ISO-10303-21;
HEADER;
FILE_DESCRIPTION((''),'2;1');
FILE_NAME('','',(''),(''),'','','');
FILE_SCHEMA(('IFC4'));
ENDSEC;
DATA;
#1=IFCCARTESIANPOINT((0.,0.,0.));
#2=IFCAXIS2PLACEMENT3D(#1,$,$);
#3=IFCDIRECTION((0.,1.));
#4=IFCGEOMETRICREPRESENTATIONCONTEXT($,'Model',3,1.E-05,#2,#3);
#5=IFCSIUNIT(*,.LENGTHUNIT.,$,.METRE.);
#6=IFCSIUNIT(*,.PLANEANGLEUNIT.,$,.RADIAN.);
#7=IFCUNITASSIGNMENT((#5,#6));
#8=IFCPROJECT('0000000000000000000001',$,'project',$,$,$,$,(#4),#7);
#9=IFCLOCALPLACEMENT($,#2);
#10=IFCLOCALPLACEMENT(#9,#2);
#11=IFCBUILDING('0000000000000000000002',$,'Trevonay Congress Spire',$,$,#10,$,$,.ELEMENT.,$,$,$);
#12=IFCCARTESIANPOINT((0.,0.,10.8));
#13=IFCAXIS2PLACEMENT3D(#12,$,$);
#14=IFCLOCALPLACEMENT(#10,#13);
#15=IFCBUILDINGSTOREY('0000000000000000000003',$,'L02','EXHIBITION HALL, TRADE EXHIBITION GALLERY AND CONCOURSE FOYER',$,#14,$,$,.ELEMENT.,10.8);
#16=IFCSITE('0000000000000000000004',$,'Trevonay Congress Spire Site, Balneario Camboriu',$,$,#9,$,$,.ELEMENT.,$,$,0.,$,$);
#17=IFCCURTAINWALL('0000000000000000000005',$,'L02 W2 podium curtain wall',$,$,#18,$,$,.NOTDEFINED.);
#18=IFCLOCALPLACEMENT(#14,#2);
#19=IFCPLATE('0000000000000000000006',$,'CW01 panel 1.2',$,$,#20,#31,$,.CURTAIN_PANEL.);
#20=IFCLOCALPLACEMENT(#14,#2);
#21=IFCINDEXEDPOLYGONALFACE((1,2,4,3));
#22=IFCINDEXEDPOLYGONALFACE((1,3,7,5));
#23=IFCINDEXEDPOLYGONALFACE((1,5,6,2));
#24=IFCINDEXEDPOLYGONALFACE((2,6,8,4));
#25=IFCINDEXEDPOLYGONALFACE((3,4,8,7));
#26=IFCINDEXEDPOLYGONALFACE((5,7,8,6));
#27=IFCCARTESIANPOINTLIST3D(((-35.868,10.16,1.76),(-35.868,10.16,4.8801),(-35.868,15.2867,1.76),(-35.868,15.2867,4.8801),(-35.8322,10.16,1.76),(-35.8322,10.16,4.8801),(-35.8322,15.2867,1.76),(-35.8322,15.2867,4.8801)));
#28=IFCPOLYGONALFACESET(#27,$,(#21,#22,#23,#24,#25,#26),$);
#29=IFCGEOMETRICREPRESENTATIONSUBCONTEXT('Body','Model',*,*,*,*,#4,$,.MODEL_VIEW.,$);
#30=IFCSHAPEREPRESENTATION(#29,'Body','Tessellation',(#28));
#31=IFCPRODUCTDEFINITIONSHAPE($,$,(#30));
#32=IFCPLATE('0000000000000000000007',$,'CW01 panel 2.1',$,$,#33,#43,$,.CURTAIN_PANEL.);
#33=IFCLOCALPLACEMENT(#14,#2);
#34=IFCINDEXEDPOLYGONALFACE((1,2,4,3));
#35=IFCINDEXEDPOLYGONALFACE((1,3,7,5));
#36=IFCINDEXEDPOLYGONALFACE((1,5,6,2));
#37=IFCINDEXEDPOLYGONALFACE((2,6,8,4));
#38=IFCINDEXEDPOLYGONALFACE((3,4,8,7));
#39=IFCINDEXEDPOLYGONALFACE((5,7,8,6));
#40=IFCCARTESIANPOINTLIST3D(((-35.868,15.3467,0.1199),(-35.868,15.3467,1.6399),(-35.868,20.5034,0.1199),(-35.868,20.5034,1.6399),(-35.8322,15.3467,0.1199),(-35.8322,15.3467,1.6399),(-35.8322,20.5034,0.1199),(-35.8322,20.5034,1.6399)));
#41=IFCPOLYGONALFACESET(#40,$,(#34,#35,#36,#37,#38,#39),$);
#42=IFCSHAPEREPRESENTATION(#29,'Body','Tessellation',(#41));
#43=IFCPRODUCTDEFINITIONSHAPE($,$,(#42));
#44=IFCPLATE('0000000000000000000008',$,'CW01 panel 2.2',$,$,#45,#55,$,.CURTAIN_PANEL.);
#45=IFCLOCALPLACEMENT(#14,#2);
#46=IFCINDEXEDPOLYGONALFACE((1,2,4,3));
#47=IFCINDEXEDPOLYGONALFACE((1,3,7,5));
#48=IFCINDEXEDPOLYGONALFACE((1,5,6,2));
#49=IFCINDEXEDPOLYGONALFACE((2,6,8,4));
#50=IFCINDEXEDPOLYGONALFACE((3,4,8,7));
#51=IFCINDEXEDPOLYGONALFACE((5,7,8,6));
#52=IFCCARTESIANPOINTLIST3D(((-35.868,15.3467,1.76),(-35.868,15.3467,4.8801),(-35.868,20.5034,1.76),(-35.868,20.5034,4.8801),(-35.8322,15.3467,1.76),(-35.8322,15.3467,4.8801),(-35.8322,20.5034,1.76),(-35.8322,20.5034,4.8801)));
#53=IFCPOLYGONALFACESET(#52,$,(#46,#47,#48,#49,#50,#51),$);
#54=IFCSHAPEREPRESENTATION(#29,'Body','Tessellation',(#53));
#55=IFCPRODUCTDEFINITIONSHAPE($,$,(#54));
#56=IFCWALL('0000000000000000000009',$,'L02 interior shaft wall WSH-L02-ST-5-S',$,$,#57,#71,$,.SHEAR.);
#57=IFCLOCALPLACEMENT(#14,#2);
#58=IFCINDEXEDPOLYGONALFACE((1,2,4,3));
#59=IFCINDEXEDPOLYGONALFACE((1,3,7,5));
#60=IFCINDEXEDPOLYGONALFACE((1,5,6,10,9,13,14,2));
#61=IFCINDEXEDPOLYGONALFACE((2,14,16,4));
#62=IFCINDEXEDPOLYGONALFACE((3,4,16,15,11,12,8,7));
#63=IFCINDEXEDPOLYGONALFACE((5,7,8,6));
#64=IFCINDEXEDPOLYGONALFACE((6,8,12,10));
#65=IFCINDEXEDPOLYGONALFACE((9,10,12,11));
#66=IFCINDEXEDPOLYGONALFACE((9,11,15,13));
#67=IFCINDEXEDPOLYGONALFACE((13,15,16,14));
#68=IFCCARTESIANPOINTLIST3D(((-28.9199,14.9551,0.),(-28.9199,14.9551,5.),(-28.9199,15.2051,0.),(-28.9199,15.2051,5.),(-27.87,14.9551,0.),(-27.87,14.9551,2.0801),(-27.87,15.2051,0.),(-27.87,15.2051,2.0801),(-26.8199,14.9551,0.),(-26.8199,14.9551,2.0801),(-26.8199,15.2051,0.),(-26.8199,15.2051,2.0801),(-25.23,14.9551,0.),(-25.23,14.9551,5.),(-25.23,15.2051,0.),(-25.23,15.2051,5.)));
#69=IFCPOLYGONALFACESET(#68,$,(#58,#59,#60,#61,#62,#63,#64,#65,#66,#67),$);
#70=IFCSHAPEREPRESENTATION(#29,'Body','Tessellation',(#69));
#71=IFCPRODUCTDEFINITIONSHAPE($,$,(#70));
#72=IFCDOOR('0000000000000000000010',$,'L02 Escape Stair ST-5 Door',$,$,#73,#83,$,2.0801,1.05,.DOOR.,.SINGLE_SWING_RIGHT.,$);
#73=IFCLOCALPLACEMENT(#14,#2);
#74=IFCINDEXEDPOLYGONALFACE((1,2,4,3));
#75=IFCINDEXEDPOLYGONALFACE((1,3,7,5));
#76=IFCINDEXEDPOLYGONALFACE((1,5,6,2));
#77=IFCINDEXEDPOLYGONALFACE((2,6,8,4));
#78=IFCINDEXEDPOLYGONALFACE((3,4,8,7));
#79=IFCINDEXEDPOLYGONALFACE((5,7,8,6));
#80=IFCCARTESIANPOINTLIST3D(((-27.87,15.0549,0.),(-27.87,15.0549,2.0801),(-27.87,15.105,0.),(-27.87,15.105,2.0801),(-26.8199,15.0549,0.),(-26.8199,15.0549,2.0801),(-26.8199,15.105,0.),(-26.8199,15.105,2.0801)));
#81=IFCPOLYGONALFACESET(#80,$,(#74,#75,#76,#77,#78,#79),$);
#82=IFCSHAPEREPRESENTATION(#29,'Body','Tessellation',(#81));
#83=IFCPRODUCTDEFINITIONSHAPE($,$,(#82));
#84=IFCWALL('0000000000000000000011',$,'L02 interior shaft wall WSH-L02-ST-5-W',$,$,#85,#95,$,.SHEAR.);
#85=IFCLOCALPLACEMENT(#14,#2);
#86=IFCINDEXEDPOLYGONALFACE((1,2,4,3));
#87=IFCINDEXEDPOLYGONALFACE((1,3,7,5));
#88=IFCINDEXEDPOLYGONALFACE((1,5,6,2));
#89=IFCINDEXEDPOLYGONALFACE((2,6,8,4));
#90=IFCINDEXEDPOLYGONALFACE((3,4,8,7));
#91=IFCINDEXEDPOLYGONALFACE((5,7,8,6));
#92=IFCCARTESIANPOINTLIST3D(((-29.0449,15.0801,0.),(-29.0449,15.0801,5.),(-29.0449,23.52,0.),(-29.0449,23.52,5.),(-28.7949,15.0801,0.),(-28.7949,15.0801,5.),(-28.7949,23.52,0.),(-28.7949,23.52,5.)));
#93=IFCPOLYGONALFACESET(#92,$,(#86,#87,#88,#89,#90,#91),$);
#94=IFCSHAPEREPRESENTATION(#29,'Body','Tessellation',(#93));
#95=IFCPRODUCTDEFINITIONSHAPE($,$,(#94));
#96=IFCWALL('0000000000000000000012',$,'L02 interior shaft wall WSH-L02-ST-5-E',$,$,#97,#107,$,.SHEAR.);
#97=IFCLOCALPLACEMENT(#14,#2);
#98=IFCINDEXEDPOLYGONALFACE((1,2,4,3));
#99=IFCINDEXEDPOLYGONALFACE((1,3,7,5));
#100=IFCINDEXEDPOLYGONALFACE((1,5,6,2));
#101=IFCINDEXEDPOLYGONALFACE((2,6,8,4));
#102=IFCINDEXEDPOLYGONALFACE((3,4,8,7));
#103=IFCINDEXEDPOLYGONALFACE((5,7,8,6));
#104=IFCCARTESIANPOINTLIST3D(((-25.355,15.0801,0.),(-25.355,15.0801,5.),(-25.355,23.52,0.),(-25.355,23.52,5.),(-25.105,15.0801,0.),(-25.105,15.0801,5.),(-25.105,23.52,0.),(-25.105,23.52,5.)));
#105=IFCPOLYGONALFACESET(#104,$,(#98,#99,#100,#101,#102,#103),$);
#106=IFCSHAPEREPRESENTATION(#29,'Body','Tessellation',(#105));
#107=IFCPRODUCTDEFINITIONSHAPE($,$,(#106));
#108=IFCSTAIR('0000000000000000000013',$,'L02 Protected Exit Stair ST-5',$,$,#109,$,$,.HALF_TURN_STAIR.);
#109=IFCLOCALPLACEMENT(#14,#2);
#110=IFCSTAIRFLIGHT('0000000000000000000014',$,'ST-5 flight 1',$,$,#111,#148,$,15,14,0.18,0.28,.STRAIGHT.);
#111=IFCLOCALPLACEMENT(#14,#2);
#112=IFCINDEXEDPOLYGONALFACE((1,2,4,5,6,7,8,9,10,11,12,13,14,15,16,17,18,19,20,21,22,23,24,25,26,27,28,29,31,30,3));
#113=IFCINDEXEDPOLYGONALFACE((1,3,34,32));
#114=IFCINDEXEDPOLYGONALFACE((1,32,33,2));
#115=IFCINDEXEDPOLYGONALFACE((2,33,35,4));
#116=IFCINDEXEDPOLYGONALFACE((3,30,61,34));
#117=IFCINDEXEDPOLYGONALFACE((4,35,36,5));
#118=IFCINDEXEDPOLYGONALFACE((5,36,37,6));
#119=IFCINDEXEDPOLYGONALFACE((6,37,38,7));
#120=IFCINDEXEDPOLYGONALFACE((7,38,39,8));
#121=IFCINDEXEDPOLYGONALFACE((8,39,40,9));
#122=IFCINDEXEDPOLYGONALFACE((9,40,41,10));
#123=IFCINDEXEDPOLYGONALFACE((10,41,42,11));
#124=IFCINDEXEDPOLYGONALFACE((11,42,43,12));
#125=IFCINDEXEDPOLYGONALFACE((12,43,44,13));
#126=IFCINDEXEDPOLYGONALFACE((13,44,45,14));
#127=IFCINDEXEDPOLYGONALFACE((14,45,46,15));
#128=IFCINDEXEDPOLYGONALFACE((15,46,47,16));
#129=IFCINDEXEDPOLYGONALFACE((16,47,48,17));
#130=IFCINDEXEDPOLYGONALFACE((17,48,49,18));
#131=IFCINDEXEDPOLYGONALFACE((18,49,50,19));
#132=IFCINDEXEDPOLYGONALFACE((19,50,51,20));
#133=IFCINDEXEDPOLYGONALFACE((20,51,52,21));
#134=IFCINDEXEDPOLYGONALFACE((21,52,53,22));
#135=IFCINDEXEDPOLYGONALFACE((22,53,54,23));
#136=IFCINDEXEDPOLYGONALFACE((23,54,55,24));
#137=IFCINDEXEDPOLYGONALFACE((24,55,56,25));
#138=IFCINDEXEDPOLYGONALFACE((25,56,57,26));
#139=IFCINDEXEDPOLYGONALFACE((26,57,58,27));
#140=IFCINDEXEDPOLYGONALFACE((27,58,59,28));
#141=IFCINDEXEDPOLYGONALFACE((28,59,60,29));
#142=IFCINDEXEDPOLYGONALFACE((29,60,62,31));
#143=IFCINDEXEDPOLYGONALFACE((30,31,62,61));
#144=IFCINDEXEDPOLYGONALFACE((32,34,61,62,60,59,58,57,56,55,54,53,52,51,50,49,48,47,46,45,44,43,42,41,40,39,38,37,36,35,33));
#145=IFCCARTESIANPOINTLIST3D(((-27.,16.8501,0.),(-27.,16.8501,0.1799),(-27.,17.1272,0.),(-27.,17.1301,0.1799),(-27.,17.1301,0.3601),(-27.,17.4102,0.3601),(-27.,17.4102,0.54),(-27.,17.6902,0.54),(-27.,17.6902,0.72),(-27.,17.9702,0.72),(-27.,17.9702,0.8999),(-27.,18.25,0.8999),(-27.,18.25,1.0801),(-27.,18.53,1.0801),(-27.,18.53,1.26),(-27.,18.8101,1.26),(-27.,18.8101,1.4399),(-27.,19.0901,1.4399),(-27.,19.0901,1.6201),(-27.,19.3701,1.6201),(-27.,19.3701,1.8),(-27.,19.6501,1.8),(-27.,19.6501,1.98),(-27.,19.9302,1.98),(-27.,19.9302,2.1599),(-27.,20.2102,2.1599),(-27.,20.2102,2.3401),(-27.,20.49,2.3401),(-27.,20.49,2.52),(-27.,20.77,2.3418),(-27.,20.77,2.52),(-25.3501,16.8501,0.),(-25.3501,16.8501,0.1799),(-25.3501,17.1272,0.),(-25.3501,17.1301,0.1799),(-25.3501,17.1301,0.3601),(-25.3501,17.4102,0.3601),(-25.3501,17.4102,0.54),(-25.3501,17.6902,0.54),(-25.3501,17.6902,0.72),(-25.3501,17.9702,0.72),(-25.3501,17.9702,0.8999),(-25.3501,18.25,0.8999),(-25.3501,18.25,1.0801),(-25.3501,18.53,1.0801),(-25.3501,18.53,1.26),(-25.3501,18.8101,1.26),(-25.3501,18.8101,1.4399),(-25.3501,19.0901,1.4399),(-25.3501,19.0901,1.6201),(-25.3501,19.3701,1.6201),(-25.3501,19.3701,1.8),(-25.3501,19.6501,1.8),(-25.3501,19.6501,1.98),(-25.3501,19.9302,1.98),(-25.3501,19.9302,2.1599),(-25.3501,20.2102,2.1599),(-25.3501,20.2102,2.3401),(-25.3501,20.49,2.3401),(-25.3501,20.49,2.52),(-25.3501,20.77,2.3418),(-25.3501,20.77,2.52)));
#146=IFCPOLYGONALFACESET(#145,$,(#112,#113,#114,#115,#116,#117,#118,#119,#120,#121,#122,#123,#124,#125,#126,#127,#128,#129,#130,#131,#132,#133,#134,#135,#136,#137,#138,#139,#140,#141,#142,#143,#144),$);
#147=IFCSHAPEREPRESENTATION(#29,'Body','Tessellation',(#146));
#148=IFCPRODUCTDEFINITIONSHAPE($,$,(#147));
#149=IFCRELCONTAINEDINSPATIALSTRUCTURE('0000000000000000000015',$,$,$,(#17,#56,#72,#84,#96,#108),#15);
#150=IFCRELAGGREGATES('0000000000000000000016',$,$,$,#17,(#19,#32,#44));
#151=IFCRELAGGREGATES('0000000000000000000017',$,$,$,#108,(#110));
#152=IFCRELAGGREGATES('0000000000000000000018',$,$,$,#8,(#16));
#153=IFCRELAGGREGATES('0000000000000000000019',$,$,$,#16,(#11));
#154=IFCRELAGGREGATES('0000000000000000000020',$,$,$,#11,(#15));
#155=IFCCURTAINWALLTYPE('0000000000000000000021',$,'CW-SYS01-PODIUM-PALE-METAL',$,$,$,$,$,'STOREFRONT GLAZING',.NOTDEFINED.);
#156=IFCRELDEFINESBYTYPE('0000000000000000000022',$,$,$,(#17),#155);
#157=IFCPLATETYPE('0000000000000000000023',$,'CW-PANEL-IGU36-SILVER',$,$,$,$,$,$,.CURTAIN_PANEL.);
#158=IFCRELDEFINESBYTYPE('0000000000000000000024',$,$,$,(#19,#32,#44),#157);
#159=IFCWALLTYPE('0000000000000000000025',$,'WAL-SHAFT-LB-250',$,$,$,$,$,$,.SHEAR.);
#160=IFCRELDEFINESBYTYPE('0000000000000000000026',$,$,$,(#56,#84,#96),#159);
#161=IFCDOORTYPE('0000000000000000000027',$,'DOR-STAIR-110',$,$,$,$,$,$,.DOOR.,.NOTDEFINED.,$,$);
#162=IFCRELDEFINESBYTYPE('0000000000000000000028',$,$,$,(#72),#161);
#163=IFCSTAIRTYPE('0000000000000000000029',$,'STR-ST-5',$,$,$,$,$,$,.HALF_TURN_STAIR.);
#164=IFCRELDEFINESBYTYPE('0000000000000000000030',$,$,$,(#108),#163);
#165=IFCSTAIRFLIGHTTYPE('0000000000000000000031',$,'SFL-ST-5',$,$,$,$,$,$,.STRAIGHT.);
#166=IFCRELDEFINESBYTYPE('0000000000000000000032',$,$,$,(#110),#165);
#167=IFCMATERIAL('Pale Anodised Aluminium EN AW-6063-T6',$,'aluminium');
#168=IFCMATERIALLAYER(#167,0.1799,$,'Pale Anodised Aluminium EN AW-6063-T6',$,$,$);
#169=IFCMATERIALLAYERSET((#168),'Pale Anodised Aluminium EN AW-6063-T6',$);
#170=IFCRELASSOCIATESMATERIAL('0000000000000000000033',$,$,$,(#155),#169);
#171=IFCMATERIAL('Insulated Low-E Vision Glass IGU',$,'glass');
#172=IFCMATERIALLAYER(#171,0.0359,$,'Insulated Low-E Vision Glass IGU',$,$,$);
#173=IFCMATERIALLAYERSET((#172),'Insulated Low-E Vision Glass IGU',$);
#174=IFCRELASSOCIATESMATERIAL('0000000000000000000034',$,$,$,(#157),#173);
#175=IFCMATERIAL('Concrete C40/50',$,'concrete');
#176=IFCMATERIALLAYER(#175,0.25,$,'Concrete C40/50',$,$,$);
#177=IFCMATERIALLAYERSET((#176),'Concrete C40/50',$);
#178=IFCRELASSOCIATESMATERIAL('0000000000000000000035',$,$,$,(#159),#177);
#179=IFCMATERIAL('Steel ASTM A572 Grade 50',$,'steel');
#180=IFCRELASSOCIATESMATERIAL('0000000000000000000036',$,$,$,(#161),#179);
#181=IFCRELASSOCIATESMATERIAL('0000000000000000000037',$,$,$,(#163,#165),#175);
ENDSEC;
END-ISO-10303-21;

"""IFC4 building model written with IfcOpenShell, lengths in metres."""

from ifc_helpers import new_model, si_unit, direction, frame, frame_2d, origin, origin_2d, place, context, subcontext, project, spatial, polyline, rectangle, outline, extrude, material, layer, layer_set, type_object, element, fill, aggregate, save


model = new_model("IFC4")

# Units and contexts
model_context = context("Model", 3, precision=1e-05, world=origin(), true_north=direction((0.0, 1.0)))
body_context = subcontext(model_context, "Body", "Model", "MODEL_VIEW")
ifc_project = project(units=[si_unit("LENGTHUNIT", "METRE"), si_unit("PLANEANGLEUNIT", "RADIAN")], contexts=[model_context])

# Site, building, storey
site_placement = place(None, origin())
site = spatial("IfcSite", under=ifc_project, at=site_placement, Name="Trevonay Congress Spire Site, Balneario Camboriu", CompositionType="ELEMENT", RefElevation=0.0)
building_placement = place(site_placement, origin())
building = spatial("IfcBuilding", under=site, at=building_placement, Name="Trevonay Congress Spire", CompositionType="ELEMENT")
storey_placement = place(building_placement, frame((0.0, 0.0, 10.8)))
storey = spatial("IfcBuildingStorey", under=building, at=storey_placement, Name="L02", Description="EXHIBITION HALL, TRADE EXHIBITION GALLERY AND CONCOURSE FOYER", CompositionType="ELEMENT", Elevation=10.8)

# Shared definitions
ifc_material_1 = material(Name="Steel ASTM A572 Grade 50", Category="steel")

# Curtain wall, plates
ifc_material_2 = material(Name="Pale Anodised Aluminium EN AW-6063-T6", Category="aluminium")
ifc_layer_1 = layer(ifc_material_2, 0.1799, Name="Pale Anodised Aluminium EN AW-6063-T6")
ifc_layer_set_1 = layer_set([ifc_layer_1], Name="Pale Anodised Aluminium EN AW-6063-T6")
curtain_wall_type = type_object("IfcCurtainWallType", Name="CW-SYS01-PODIUM-PALE-METAL", ElementType="STOREFRONT GLAZING", PredefinedType="NOTDEFINED", material=ifc_layer_set_1)
curtain_wall_placement = place(storey_placement, origin())
curtain_wall = element("IfcCurtainWall", 1, at=curtain_wall_placement, inside=storey, type_object=curtain_wall_type, Name="L02 W2 podium curtain wall", PredefinedType="NOTDEFINED")
ifc_material_3 = material(Name="Insulated Low-E Vision Glass IGU", Category="glass")
ifc_layer_2 = layer(ifc_material_3, 0.0359, Name="Insulated Low-E Vision Glass IGU")
ifc_layer_set_2 = layer_set([ifc_layer_2], Name="Insulated Low-E Vision Glass IGU")
plate_type = type_object("IfcPlateType", Name="CW-PANEL-IGU36-SILVER", PredefinedType="CURTAIN_PANEL", material=ifc_layer_set_2)
plate_1_placement = place(storey_placement, frame((-35.8501, 12.7234, 1.76), z_axis=(0.0, 0.0, 1.0), x_axis=(0.0, 1.0, 0.0)))
plate_1 = element("IfcPlate", 2, at=plate_1_placement, type_object=plate_type, Name="CW01 panel 1.2", PredefinedType="CURTAIN_PANEL", context=body_context, shape_type="SweptSolid", body=[
    extrude(rectangle(XDim=5.1267, YDim=0.0359, at=origin_2d()), origin(), (0.0, 0.0, 1.0), 3.1201),
])
plate_2_placement = place(storey_placement, frame((-35.8501, 17.925, 0.1199), z_axis=(0.0, 0.0, 1.0), x_axis=(0.0, 1.0, 0.0)))
plate_2 = element("IfcPlate", 3, at=plate_2_placement, type_object=plate_type, Name="CW01 panel 2.1", PredefinedType="CURTAIN_PANEL", context=body_context, shape_type="SweptSolid", body=[
    extrude(rectangle(XDim=5.1567, YDim=0.0359, at=origin_2d()), origin(), (0.0, 0.0, 1.0), 1.52),
])
plate_3_placement = place(storey_placement, frame((-35.8501, 17.925, 1.76), z_axis=(0.0, 0.0, 1.0), x_axis=(0.0, 1.0, 0.0)))
plate_3 = element("IfcPlate", 4, at=plate_3_placement, type_object=plate_type, Name="CW01 panel 2.2", PredefinedType="CURTAIN_PANEL", context=body_context, shape_type="SweptSolid", body=[
    extrude(rectangle(XDim=5.1567, YDim=0.0359, at=origin_2d()), origin(), (0.0, 0.0, 1.0), 3.1201),
])
aggregate(curtain_wall, [plate_1, plate_2, plate_3])

# Wall, opening, door
ifc_material_4 = material(Name="Concrete C40/50", Category="concrete")
ifc_layer_3 = layer(ifc_material_4, 0.25, Name="Concrete C40/50")
ifc_layer_set_3 = layer_set([ifc_layer_3], Name="Concrete C40/50")
wall_type = type_object("IfcWallType", Name="WAL-SHAFT-LB-250", PredefinedType="SHEAR", material=ifc_layer_set_3)
wall_placement = place(storey_placement, frame((-28.9199, 15.0801, 0.0), z_axis=(0.0, 0.0, 1.0), x_axis=(1.0, 0.0, 0.0)))
wall = element("IfcWall", 5, at=wall_placement, inside=storey, type_object=wall_type, Name="L02 interior shaft wall WSH-L02-ST-5-S", PredefinedType="SHEAR", context=body_context, shape_type="SweptSolid", body=[
    extrude(rectangle(XDim=3.6899, YDim=0.25, at=frame_2d((1.845, 0.0))), origin(), (0.0, 0.0, 1.0), 5.0),
])
opening_placement = place(wall_placement, frame((1.05, 0.0, 0.0)))
opening = element("IfcOpeningElement", 6, at=opening_placement, cuts=wall, PredefinedType="OPENING", context=body_context, shape_type="SweptSolid", body=[
    extrude(rectangle(XDim=1.05, YDim=2.0801, at=frame_2d((0.5249, 1.04))), frame((0.0, 0.135, 0.0), z_axis=(0.0, -1.0, 0.0), x_axis=(1.0, 0.0, 0.0)), (0.0, 0.0, 1.0), 0.27),
])
door_type = type_object("IfcDoorType", Name="DOR-STAIR-110", OperationType="NOTDEFINED", PredefinedType="DOOR", material=ifc_material_1)
door_placement = place(opening_placement, origin())
door = element("IfcDoor", 7, at=door_placement, inside=storey, type_object=door_type, Name="L02 Escape Stair ST-5 Door", OperationType="SINGLE_SWING_RIGHT", OverallHeight=2.0801, OverallWidth=1.05, PredefinedType="DOOR", context=body_context, shape_type="SweptSolid", body=[
    extrude(rectangle(XDim=1.05, YDim=2.0801, at=frame_2d((0.5249, 1.04))), frame((0.0, 0.0249, 0.0), z_axis=(0.0, -1.0, 0.0), x_axis=(1.0, 0.0, 0.0)), (0.0, 0.0, 1.0), 0.05),
])
fill(opening, door)

# Walls
for number, where, z_axis, x_axis, name in (
    (8, (-28.9199, 15.0801, 0.0), (0.0, 0.0, 1.0), (0.0, 1.0, 0.0), "L02 interior shaft wall WSH-L02-ST-5-W"),
    (9, (-25.23, 15.0801, 0.0), (0.0, 0.0, 1.0), (0.0, 1.0, 0.0), "L02 interior shaft wall WSH-L02-ST-5-E"),
):
    element("IfcWall", number, at=place(storey_placement, frame(where, z_axis=z_axis, x_axis=x_axis)), inside=storey, type_object=wall_type, Name=name, PredefinedType="SHEAR", context=body_context, shape_type="SweptSolid", body=[
        extrude(rectangle(XDim=8.4399, YDim=0.25, at=frame_2d((4.22, 0.0))), origin(), (0.0, 0.0, 1.0), 5.0),
    ])

# Stair, stair flight
stair_type = type_object("IfcStairType", Name="STR-ST-5", PredefinedType="HALF_TURN_STAIR", material=ifc_material_4)
stair_placement = place(storey_placement, origin())
stair = element("IfcStair", 10, at=stair_placement, inside=storey, type_object=stair_type, Name="L02 Protected Exit Stair ST-5", PredefinedType="HALF_TURN_STAIR")
stair_flight_type = type_object("IfcStairFlightType", Name="SFL-ST-5", PredefinedType="STRAIGHT", material=ifc_material_4)
stair_flight_placement = place(storey_placement, frame((-26.175, 16.8501, 0.0), z_axis=(0.0, 0.0, 1.0), x_axis=(0.0, 1.0, 0.0)))
stair_flight = element("IfcStairFlight", 11, at=stair_flight_placement, type_object=stair_flight_type, Name="ST-5 flight 1", NumberOfRisers=15, NumberOfTreads=14, PredefinedType="STRAIGHT", RiserHeight=0.18, TreadLength=0.28, context=body_context, shape_type="SweptSolid", body=[
    extrude(outline(polyline([(0.0, 0.0), (0.0, 0.1799), (0.28, 0.1799), (0.28, 0.3601), (0.5601, 0.3601), (0.5601, 0.54), (0.8401, 0.54), (0.8401, 0.72), (1.1201, 0.72), (1.1201, 0.8999), (1.3999, 0.8999), (1.3999, 1.0801), (1.6799, 1.0801), (1.6799, 1.26), (1.96, 1.26), (1.96, 1.4399), (2.24, 1.4399), (2.24, 1.6201), (2.52, 1.6201), (2.52, 1.8), (2.8, 1.8), (2.8, 1.98), (3.0801, 1.98), (3.0801, 2.1599), (3.3601, 2.1599), (3.3601, 2.3401), (3.6399, 2.3401), (3.6399, 2.52), (3.9199, 2.52), (3.9199, 2.7), (3.9199, 2.3418), (0.2771, 0.0), (0.0, 0.0)])), frame((0.0, 0.825, 0.0), z_axis=(0.0, -1.0, 0.0), x_axis=(1.0, 0.0, 0.0)), (0.0, 0.0, 1.0), 1.6499),
])
aggregate(stair, [stair_flight])

save(model, "model.ifc")
